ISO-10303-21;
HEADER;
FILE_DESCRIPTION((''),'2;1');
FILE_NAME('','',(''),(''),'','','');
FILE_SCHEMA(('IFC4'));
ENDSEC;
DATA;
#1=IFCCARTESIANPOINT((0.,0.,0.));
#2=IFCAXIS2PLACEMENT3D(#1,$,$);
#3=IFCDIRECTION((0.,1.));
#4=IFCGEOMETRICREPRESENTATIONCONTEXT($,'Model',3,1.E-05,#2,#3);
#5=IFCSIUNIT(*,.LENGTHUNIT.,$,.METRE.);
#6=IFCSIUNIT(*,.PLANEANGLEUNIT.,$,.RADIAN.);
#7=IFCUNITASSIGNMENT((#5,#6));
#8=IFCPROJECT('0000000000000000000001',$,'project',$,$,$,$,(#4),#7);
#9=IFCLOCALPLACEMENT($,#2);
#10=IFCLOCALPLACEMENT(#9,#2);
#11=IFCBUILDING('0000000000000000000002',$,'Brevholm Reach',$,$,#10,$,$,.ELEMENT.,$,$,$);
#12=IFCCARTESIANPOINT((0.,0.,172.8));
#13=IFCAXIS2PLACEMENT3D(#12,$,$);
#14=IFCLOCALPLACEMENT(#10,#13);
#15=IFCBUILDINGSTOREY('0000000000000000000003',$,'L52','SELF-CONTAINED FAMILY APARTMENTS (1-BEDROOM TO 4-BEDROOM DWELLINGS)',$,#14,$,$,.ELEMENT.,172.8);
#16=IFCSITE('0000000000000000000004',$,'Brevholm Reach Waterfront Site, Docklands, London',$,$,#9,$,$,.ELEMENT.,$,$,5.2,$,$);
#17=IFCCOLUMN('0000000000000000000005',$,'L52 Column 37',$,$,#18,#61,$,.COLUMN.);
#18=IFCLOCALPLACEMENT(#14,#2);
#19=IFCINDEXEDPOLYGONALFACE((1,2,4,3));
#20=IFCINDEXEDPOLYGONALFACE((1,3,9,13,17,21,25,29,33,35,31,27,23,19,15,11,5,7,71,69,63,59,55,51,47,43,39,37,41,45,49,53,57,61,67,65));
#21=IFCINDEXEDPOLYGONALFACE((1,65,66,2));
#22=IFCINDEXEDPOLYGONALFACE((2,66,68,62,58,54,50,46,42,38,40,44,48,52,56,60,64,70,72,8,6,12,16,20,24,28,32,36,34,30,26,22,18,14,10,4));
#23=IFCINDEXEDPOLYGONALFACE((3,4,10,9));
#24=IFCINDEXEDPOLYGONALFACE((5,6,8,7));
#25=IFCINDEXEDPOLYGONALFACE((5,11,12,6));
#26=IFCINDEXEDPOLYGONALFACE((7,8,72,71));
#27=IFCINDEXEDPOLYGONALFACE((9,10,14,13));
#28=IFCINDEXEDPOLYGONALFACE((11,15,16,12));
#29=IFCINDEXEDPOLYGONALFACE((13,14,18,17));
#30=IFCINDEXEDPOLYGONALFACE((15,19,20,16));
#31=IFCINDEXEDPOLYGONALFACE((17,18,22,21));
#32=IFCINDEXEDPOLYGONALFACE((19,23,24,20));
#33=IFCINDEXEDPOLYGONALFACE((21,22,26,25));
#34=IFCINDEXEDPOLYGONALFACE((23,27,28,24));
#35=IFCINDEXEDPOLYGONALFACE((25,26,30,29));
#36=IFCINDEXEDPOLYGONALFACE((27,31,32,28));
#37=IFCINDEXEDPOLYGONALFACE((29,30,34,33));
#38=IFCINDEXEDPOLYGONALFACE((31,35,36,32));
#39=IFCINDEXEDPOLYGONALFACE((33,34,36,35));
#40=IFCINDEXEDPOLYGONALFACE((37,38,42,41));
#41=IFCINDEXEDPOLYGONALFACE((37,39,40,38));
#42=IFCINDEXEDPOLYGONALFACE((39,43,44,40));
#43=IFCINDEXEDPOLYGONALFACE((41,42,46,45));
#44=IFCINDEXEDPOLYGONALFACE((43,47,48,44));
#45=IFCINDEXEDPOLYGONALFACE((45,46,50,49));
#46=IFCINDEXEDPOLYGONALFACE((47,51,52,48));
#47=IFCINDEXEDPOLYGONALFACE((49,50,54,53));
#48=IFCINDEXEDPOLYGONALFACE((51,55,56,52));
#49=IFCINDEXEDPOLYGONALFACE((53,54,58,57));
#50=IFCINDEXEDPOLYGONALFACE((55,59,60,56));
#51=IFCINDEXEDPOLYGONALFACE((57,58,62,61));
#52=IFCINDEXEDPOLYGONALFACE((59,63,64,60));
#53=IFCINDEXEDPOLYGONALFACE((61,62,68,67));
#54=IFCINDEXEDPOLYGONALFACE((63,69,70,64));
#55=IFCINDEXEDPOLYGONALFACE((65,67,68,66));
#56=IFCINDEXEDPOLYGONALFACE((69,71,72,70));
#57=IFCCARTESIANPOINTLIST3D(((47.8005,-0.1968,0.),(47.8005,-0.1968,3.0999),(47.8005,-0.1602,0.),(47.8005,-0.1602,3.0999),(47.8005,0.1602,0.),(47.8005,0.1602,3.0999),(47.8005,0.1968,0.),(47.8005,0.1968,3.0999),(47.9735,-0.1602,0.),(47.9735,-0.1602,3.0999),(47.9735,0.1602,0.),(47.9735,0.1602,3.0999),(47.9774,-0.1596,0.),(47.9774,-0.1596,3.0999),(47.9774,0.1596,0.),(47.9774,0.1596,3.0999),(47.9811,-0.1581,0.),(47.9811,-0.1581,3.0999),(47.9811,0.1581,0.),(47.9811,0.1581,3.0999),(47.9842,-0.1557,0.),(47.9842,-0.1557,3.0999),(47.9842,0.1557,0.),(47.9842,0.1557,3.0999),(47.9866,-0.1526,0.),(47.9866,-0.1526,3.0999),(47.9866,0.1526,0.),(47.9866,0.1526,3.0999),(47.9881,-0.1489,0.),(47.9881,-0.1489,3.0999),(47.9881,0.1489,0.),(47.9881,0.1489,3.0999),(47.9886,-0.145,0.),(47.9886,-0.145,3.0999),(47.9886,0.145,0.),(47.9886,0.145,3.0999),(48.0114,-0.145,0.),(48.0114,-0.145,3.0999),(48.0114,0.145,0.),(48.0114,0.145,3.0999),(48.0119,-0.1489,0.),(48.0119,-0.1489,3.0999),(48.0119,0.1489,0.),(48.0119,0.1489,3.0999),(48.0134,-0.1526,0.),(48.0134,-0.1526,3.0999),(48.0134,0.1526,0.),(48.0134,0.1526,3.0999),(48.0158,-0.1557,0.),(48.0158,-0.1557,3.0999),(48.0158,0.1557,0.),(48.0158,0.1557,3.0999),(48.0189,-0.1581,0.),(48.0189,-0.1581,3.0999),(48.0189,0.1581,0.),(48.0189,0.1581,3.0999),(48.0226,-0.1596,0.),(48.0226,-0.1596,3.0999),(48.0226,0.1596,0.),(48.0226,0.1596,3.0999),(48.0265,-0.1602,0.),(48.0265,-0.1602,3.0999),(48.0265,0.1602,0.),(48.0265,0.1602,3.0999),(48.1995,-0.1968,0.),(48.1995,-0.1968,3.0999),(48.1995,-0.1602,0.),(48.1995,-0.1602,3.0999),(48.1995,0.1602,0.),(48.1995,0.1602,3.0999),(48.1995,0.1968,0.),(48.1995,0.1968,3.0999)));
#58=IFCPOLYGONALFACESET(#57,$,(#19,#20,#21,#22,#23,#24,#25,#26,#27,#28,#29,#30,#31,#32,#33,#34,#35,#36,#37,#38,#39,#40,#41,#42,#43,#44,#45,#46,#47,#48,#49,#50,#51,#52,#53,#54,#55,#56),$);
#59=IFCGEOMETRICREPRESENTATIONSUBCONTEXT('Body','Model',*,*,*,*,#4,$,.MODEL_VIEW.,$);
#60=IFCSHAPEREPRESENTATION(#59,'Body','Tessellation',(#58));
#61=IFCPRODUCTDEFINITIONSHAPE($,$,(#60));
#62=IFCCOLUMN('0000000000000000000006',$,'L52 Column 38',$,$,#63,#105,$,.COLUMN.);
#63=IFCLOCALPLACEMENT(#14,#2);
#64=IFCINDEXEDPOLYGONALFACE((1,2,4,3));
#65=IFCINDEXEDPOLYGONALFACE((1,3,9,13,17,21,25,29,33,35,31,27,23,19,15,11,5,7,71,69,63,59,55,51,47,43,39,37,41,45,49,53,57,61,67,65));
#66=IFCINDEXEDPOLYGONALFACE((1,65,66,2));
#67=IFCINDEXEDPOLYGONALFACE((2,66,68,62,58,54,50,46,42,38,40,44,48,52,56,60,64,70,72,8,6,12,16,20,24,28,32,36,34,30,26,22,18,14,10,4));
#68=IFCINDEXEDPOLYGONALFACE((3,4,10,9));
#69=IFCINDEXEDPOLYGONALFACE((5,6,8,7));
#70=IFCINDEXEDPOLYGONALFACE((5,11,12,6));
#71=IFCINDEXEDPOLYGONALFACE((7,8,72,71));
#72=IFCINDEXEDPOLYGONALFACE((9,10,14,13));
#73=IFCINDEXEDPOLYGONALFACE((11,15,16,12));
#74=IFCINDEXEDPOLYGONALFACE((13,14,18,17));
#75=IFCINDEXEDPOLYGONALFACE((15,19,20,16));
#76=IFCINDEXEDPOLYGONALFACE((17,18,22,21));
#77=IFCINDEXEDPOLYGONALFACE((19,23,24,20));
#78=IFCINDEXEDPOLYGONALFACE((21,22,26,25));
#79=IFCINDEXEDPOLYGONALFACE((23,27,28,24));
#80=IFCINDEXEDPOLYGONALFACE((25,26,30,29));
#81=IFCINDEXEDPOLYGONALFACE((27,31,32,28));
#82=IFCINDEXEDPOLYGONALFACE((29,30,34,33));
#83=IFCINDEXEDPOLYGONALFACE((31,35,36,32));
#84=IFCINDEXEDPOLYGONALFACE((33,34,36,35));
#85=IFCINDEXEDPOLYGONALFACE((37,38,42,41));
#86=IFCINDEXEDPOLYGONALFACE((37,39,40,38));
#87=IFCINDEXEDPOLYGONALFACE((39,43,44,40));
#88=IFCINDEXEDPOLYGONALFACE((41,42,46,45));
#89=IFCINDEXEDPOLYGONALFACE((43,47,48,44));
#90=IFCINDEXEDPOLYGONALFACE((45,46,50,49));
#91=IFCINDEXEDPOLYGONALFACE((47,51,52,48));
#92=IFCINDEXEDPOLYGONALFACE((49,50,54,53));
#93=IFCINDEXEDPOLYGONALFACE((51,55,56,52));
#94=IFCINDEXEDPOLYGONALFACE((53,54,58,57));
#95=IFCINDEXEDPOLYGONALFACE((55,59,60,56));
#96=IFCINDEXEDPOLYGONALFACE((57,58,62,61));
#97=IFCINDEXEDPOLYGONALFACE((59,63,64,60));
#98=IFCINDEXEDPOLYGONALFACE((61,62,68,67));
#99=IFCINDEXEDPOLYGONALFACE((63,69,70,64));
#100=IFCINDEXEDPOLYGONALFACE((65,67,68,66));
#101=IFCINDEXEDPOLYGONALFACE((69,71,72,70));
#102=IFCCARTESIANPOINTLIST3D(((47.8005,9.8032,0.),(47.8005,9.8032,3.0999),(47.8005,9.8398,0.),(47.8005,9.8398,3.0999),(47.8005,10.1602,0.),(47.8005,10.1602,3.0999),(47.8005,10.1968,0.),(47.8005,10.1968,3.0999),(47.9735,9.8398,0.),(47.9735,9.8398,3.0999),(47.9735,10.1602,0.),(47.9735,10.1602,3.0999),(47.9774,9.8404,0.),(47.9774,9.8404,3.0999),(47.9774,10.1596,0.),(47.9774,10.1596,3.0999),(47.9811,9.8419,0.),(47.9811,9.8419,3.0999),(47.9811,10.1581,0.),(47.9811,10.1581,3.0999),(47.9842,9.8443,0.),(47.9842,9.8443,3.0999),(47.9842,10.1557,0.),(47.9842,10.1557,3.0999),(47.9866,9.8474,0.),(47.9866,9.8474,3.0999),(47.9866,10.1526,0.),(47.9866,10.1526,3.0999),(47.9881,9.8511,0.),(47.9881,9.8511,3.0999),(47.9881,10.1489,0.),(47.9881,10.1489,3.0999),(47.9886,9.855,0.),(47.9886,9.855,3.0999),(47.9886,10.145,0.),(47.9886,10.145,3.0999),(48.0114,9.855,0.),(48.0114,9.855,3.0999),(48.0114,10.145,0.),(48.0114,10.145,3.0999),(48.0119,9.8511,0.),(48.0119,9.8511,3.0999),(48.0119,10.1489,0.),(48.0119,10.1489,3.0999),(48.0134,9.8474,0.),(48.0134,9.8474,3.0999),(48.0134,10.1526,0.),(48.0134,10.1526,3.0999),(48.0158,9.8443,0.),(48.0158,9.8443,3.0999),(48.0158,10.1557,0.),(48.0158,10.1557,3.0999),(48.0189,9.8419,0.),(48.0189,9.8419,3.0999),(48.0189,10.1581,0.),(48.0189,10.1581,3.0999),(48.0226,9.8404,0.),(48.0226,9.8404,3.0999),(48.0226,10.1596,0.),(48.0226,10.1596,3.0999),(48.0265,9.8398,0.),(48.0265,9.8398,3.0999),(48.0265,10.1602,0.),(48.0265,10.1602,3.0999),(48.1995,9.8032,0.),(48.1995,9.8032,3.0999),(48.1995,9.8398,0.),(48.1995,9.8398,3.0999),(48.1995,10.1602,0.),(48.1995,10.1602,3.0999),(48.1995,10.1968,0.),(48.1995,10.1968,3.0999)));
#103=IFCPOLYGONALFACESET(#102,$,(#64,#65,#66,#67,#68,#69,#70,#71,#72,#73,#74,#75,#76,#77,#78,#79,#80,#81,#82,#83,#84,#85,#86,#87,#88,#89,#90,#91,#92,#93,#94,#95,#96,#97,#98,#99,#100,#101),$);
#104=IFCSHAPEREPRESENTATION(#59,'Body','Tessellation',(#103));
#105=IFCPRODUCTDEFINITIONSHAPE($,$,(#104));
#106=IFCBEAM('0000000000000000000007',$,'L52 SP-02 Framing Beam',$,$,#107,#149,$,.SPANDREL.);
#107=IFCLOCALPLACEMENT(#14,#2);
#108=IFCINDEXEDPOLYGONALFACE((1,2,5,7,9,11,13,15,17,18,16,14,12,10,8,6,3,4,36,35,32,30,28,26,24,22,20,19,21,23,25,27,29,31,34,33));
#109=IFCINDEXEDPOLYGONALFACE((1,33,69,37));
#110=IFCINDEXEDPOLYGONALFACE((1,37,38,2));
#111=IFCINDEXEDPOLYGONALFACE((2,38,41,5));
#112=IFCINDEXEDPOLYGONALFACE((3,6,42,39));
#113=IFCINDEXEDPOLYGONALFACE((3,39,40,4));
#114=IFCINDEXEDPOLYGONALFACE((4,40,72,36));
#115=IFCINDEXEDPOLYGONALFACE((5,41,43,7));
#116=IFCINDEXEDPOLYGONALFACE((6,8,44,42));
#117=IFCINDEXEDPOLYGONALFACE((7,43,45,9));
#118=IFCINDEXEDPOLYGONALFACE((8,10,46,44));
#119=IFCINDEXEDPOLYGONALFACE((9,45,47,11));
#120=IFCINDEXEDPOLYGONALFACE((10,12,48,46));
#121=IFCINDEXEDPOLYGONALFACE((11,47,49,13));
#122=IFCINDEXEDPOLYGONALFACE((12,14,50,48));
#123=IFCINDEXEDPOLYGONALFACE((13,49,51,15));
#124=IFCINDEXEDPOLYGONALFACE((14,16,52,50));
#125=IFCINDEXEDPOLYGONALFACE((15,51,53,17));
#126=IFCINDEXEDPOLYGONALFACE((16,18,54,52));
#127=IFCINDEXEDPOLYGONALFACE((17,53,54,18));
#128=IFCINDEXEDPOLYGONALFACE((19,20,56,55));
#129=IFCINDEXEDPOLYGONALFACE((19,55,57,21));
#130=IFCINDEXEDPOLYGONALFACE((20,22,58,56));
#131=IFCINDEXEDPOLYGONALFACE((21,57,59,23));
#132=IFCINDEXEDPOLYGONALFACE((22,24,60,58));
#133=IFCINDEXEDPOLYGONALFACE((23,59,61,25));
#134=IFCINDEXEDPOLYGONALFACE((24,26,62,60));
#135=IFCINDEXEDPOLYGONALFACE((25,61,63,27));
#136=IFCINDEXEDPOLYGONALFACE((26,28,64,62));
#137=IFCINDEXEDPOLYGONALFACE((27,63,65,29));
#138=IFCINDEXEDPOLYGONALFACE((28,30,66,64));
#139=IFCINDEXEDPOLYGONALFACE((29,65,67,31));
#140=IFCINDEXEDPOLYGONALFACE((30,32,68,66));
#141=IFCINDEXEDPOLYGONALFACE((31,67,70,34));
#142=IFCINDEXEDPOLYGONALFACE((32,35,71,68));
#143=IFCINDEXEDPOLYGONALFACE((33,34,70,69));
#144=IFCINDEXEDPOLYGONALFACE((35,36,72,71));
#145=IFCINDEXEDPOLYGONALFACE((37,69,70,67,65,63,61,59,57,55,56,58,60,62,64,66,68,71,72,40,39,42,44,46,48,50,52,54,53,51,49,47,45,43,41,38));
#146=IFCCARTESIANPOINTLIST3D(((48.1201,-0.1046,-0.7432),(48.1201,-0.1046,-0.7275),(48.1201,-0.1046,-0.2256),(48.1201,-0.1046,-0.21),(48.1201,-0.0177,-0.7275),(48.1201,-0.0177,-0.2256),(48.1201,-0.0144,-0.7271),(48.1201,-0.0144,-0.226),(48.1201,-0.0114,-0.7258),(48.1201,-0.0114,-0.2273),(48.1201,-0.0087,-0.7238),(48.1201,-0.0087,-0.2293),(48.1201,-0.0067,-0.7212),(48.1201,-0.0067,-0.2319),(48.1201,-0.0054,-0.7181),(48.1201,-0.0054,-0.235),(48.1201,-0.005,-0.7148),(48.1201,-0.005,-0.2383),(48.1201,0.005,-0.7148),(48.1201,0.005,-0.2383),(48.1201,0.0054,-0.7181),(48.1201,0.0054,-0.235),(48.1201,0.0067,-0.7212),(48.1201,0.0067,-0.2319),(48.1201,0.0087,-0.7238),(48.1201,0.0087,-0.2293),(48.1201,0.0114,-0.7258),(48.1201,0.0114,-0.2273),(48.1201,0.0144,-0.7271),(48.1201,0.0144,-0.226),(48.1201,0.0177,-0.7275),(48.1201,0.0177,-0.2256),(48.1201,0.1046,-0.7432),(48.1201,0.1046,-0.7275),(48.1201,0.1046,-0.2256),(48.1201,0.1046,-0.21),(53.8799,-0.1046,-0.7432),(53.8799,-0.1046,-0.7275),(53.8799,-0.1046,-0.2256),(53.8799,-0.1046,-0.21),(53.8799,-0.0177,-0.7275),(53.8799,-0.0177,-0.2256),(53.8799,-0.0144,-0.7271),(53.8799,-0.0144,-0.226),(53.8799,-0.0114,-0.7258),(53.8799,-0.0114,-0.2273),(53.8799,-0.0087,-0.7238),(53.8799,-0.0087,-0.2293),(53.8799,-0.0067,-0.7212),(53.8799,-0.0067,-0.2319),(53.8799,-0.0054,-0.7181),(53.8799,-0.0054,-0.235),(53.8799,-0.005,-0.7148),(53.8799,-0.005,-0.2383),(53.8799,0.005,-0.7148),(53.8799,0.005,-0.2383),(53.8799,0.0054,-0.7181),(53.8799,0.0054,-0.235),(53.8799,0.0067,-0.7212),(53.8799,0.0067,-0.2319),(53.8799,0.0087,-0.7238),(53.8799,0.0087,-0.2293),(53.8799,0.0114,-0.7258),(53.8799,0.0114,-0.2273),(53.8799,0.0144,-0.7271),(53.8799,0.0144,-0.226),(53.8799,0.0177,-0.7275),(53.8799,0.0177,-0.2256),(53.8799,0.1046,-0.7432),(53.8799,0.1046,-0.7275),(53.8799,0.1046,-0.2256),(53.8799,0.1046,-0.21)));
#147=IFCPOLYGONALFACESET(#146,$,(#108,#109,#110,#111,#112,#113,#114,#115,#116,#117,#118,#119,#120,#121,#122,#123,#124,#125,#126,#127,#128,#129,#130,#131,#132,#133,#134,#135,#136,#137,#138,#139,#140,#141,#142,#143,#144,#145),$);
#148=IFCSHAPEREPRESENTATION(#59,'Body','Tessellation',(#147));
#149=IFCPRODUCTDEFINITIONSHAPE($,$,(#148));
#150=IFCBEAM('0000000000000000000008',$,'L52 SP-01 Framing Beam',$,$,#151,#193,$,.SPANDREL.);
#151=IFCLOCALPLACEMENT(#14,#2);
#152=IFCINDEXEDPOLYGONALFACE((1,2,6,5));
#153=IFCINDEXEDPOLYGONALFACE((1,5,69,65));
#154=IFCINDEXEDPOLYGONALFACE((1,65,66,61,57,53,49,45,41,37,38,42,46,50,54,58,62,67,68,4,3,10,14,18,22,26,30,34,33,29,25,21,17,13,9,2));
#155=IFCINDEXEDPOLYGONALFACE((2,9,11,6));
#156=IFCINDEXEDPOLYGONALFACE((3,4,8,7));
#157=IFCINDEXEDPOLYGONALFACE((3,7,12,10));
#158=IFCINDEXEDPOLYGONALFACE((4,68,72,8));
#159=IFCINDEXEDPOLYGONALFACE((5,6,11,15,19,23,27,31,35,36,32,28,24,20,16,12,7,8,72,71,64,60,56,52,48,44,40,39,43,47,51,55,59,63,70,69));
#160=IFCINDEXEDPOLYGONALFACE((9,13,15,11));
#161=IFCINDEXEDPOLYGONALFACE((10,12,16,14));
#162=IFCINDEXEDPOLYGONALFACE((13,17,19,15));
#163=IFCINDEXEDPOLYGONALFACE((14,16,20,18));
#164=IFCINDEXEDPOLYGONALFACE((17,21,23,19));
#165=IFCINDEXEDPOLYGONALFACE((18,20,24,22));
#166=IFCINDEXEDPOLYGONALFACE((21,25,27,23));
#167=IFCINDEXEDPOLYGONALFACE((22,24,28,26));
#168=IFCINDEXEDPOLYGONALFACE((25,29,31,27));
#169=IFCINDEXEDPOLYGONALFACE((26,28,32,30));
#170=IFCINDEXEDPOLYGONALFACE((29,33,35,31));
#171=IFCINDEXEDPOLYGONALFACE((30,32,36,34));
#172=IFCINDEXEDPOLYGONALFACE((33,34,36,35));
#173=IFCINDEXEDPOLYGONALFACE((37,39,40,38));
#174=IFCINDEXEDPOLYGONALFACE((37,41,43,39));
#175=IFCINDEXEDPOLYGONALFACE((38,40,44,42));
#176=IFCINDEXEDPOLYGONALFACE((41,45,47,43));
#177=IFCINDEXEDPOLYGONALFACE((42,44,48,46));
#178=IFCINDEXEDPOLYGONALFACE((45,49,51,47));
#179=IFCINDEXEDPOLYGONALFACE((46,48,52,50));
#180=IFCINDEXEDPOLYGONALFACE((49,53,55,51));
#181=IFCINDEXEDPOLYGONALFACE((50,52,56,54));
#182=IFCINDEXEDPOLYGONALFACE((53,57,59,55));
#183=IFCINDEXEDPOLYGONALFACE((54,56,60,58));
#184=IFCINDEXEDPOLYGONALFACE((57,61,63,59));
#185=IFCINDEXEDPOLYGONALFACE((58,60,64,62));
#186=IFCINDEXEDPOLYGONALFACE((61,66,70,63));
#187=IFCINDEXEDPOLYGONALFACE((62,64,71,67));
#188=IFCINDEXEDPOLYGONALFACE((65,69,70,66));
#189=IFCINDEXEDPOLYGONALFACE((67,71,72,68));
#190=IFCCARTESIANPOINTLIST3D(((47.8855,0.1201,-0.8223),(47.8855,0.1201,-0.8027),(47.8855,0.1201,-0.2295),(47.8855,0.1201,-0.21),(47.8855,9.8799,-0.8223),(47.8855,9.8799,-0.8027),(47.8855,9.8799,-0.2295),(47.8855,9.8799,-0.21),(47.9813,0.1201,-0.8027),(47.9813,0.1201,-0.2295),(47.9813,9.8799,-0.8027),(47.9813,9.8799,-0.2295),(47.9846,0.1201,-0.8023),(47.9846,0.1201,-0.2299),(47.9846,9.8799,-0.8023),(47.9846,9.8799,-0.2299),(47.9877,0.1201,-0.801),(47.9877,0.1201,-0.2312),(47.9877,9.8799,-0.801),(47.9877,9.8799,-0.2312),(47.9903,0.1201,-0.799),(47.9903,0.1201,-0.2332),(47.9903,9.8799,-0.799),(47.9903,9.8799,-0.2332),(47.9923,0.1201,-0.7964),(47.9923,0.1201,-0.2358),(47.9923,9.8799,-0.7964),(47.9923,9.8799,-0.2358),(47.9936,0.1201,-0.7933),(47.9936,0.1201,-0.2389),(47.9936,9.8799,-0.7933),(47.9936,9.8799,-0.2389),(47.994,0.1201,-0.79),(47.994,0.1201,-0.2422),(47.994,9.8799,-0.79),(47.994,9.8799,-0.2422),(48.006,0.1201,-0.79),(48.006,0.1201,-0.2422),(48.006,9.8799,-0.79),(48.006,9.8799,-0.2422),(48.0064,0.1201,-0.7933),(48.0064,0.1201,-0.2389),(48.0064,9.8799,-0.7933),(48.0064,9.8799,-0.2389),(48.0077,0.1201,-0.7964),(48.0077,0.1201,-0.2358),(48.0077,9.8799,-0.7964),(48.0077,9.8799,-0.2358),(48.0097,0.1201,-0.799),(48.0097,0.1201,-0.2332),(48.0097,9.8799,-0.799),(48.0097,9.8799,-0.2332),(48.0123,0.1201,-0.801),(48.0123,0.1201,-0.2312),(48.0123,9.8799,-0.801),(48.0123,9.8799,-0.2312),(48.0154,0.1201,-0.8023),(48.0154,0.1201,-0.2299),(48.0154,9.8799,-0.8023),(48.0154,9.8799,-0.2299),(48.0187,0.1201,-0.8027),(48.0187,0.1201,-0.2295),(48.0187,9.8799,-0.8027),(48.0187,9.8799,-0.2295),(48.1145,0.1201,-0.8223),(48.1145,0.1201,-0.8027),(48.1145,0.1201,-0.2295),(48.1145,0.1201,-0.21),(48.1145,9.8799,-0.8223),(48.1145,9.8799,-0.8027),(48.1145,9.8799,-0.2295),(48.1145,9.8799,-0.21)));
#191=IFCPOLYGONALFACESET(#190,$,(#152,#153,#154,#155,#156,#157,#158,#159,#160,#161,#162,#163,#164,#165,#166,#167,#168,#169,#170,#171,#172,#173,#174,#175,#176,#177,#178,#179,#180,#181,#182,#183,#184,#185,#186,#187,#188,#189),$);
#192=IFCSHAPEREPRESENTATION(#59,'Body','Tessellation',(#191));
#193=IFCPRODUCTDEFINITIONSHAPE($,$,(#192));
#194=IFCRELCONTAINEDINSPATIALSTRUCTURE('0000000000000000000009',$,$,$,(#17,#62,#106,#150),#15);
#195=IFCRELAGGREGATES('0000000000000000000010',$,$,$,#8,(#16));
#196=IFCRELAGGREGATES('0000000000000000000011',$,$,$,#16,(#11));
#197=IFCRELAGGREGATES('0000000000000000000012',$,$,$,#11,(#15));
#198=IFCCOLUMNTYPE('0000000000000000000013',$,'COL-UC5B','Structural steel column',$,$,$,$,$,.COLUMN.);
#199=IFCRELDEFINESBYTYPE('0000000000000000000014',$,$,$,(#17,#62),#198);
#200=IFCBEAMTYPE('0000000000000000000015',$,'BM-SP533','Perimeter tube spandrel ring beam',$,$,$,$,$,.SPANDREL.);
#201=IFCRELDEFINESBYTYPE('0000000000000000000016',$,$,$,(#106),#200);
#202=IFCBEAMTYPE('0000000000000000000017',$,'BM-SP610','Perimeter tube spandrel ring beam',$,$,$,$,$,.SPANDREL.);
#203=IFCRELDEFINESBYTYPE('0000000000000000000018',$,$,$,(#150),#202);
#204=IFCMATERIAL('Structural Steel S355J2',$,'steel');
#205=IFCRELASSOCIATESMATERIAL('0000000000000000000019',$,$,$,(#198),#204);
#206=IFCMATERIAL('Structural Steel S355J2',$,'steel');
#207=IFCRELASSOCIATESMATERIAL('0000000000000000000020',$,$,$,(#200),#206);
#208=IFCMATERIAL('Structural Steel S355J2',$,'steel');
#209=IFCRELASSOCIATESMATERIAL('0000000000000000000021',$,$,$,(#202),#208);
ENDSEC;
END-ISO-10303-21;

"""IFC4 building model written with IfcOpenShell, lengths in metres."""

from ifc_helpers import new_model, si_unit, direction, frame, origin, origin_2d, place, context, subcontext, project, spatial, i_section, extrude, material, material_profile, profile_set, type_object, element, save


model = new_model("IFC4")

# Units and contexts
model_context = context("Model", 3, precision=1e-05, world=origin(), true_north=direction((0.0, 1.0)))
body_context = subcontext(model_context, "Body", "Model", "MODEL_VIEW")
ifc_project = project(units=[si_unit("LENGTHUNIT", "METRE"), si_unit("PLANEANGLEUNIT", "RADIAN")], contexts=[model_context])

# Site, building, storey
site_placement = place(None, origin())
site = spatial("IfcSite", under=ifc_project, at=site_placement, Name="Brevholm Reach Waterfront Site, Docklands, London", CompositionType="ELEMENT", RefElevation=5.2)
building_placement = place(site_placement, origin())
building = spatial("IfcBuilding", under=site, at=building_placement, Name="Brevholm Reach", CompositionType="ELEMENT")
storey_placement = place(building_placement, frame((0.0, 0.0, 172.8)))
storey = spatial("IfcBuildingStorey", under=building, at=storey_placement, Name="L52", Description="SELF-CONTAINED FAMILY APARTMENTS (1-BEDROOM TO 4-BEDROOM DWELLINGS)", CompositionType="ELEMENT", Elevation=172.8)

# Columns
ifc_material_1 = material(Name="Structural Steel S355J2", Category="steel")
ifc_material_profile_1 = material_profile(ifc_material_1, i_section(OverallWidth=0.3989, OverallDepth=0.3936, WebThickness=0.0227, FlangeThickness=0.0366, FilletRadius=0.0151, at=origin_2d()), Name="UKC 356x406x287")
ifc_profile_set_1 = profile_set([ifc_material_profile_1], Name="Structural Steel S355J2")
column_type = type_object("IfcColumnType", Name="COL-UC5B", Description="Structural steel column", PredefinedType="COLUMN", material=ifc_profile_set_1)
for number, where, z_axis, x_axis, name in (
    (1, (48.0, 0.0, 0.0), (0.0, 0.0, 1.0), (1.0, 0.0, 0.0), "L52 Column 37"),
    (2, (48.0, 10.0, 0.0), (0.0, 0.0, 1.0), (1.0, 0.0, 0.0), "L52 Column 38"),
):
    element("IfcColumn", number, at=place(storey_placement, frame(where, z_axis=z_axis, x_axis=x_axis)), inside=storey, type_object=column_type, Name=name, PredefinedType="COLUMN", context=body_context, shape_type="SweptSolid", body=[
        extrude(i_section(OverallWidth=0.3989, OverallDepth=0.3936, WebThickness=0.0227, FlangeThickness=0.0366, FilletRadius=0.0151, at=origin_2d()), origin(), (0.0, 0.0, 1.0), 3.0999),
    ])

# Beams
ifc_material_2 = material(Name="Structural Steel S355J2", Category="steel")
ifc_material_profile_2 = material_profile(ifc_material_2, i_section(OverallWidth=0.2092, OverallDepth=0.5332, WebThickness=0.01, FlangeThickness=0.0156, FilletRadius=0.0127, at=origin_2d()), Name="UKB 533x210x92")
ifc_profile_set_2 = profile_set([ifc_material_profile_2], Name="Structural Steel S355J2")
beam_type_1 = type_object("IfcBeamType", Name="BM-SP533", Description="Perimeter tube spandrel ring beam", PredefinedType="SPANDREL", material=ifc_profile_set_2)
beam_1_placement = place(storey_placement, frame((48.1201, 0.0, -0.4766), z_axis=(1.0, 0.0, 0.0), x_axis=(0.0, 1.0, 0.0)))
element("IfcBeam", 3, at=beam_1_placement, inside=storey, type_object=beam_type_1, Name="L52 SP-02 Framing Beam", PredefinedType="SPANDREL", context=body_context, shape_type="SweptSolid", body=[
    extrude(i_section(OverallWidth=0.2092, OverallDepth=0.5332, WebThickness=0.01, FlangeThickness=0.0156, FilletRadius=0.0127, at=origin_2d()), origin(), (0.0, 0.0, 1.0), 5.7598),
])
ifc_material_3 = material(Name="Structural Steel S355J2", Category="steel")
ifc_material_profile_3 = material_profile(ifc_material_3, i_section(OverallWidth=0.229, OverallDepth=0.6123, WebThickness=0.012, FlangeThickness=0.0195, FilletRadius=0.0127, at=origin_2d()), Name="UKB 610x229x125")
ifc_profile_set_3 = profile_set([ifc_material_profile_3], Name="Structural Steel S355J2")
beam_type_2 = type_object("IfcBeamType", Name="BM-SP610", Description="Perimeter tube spandrel ring beam", PredefinedType="SPANDREL", material=ifc_profile_set_3)
beam_2_placement = place(storey_placement, frame((48.0, 0.1201, -0.5161), z_axis=(0.0, 1.0, 0.0), x_axis=(-1.0, 0.0, 0.0)))
element("IfcBeam", 4, at=beam_2_placement, inside=storey, type_object=beam_type_2, Name="L52 SP-01 Framing Beam", PredefinedType="SPANDREL", context=body_context, shape_type="SweptSolid", body=[
    extrude(i_section(OverallWidth=0.229, OverallDepth=0.6123, WebThickness=0.012, FlangeThickness=0.0195, FilletRadius=0.0127, at=origin_2d()), origin(), (0.0, 0.0, 1.0), 9.7598),
])

save(model, "model.ifc")
